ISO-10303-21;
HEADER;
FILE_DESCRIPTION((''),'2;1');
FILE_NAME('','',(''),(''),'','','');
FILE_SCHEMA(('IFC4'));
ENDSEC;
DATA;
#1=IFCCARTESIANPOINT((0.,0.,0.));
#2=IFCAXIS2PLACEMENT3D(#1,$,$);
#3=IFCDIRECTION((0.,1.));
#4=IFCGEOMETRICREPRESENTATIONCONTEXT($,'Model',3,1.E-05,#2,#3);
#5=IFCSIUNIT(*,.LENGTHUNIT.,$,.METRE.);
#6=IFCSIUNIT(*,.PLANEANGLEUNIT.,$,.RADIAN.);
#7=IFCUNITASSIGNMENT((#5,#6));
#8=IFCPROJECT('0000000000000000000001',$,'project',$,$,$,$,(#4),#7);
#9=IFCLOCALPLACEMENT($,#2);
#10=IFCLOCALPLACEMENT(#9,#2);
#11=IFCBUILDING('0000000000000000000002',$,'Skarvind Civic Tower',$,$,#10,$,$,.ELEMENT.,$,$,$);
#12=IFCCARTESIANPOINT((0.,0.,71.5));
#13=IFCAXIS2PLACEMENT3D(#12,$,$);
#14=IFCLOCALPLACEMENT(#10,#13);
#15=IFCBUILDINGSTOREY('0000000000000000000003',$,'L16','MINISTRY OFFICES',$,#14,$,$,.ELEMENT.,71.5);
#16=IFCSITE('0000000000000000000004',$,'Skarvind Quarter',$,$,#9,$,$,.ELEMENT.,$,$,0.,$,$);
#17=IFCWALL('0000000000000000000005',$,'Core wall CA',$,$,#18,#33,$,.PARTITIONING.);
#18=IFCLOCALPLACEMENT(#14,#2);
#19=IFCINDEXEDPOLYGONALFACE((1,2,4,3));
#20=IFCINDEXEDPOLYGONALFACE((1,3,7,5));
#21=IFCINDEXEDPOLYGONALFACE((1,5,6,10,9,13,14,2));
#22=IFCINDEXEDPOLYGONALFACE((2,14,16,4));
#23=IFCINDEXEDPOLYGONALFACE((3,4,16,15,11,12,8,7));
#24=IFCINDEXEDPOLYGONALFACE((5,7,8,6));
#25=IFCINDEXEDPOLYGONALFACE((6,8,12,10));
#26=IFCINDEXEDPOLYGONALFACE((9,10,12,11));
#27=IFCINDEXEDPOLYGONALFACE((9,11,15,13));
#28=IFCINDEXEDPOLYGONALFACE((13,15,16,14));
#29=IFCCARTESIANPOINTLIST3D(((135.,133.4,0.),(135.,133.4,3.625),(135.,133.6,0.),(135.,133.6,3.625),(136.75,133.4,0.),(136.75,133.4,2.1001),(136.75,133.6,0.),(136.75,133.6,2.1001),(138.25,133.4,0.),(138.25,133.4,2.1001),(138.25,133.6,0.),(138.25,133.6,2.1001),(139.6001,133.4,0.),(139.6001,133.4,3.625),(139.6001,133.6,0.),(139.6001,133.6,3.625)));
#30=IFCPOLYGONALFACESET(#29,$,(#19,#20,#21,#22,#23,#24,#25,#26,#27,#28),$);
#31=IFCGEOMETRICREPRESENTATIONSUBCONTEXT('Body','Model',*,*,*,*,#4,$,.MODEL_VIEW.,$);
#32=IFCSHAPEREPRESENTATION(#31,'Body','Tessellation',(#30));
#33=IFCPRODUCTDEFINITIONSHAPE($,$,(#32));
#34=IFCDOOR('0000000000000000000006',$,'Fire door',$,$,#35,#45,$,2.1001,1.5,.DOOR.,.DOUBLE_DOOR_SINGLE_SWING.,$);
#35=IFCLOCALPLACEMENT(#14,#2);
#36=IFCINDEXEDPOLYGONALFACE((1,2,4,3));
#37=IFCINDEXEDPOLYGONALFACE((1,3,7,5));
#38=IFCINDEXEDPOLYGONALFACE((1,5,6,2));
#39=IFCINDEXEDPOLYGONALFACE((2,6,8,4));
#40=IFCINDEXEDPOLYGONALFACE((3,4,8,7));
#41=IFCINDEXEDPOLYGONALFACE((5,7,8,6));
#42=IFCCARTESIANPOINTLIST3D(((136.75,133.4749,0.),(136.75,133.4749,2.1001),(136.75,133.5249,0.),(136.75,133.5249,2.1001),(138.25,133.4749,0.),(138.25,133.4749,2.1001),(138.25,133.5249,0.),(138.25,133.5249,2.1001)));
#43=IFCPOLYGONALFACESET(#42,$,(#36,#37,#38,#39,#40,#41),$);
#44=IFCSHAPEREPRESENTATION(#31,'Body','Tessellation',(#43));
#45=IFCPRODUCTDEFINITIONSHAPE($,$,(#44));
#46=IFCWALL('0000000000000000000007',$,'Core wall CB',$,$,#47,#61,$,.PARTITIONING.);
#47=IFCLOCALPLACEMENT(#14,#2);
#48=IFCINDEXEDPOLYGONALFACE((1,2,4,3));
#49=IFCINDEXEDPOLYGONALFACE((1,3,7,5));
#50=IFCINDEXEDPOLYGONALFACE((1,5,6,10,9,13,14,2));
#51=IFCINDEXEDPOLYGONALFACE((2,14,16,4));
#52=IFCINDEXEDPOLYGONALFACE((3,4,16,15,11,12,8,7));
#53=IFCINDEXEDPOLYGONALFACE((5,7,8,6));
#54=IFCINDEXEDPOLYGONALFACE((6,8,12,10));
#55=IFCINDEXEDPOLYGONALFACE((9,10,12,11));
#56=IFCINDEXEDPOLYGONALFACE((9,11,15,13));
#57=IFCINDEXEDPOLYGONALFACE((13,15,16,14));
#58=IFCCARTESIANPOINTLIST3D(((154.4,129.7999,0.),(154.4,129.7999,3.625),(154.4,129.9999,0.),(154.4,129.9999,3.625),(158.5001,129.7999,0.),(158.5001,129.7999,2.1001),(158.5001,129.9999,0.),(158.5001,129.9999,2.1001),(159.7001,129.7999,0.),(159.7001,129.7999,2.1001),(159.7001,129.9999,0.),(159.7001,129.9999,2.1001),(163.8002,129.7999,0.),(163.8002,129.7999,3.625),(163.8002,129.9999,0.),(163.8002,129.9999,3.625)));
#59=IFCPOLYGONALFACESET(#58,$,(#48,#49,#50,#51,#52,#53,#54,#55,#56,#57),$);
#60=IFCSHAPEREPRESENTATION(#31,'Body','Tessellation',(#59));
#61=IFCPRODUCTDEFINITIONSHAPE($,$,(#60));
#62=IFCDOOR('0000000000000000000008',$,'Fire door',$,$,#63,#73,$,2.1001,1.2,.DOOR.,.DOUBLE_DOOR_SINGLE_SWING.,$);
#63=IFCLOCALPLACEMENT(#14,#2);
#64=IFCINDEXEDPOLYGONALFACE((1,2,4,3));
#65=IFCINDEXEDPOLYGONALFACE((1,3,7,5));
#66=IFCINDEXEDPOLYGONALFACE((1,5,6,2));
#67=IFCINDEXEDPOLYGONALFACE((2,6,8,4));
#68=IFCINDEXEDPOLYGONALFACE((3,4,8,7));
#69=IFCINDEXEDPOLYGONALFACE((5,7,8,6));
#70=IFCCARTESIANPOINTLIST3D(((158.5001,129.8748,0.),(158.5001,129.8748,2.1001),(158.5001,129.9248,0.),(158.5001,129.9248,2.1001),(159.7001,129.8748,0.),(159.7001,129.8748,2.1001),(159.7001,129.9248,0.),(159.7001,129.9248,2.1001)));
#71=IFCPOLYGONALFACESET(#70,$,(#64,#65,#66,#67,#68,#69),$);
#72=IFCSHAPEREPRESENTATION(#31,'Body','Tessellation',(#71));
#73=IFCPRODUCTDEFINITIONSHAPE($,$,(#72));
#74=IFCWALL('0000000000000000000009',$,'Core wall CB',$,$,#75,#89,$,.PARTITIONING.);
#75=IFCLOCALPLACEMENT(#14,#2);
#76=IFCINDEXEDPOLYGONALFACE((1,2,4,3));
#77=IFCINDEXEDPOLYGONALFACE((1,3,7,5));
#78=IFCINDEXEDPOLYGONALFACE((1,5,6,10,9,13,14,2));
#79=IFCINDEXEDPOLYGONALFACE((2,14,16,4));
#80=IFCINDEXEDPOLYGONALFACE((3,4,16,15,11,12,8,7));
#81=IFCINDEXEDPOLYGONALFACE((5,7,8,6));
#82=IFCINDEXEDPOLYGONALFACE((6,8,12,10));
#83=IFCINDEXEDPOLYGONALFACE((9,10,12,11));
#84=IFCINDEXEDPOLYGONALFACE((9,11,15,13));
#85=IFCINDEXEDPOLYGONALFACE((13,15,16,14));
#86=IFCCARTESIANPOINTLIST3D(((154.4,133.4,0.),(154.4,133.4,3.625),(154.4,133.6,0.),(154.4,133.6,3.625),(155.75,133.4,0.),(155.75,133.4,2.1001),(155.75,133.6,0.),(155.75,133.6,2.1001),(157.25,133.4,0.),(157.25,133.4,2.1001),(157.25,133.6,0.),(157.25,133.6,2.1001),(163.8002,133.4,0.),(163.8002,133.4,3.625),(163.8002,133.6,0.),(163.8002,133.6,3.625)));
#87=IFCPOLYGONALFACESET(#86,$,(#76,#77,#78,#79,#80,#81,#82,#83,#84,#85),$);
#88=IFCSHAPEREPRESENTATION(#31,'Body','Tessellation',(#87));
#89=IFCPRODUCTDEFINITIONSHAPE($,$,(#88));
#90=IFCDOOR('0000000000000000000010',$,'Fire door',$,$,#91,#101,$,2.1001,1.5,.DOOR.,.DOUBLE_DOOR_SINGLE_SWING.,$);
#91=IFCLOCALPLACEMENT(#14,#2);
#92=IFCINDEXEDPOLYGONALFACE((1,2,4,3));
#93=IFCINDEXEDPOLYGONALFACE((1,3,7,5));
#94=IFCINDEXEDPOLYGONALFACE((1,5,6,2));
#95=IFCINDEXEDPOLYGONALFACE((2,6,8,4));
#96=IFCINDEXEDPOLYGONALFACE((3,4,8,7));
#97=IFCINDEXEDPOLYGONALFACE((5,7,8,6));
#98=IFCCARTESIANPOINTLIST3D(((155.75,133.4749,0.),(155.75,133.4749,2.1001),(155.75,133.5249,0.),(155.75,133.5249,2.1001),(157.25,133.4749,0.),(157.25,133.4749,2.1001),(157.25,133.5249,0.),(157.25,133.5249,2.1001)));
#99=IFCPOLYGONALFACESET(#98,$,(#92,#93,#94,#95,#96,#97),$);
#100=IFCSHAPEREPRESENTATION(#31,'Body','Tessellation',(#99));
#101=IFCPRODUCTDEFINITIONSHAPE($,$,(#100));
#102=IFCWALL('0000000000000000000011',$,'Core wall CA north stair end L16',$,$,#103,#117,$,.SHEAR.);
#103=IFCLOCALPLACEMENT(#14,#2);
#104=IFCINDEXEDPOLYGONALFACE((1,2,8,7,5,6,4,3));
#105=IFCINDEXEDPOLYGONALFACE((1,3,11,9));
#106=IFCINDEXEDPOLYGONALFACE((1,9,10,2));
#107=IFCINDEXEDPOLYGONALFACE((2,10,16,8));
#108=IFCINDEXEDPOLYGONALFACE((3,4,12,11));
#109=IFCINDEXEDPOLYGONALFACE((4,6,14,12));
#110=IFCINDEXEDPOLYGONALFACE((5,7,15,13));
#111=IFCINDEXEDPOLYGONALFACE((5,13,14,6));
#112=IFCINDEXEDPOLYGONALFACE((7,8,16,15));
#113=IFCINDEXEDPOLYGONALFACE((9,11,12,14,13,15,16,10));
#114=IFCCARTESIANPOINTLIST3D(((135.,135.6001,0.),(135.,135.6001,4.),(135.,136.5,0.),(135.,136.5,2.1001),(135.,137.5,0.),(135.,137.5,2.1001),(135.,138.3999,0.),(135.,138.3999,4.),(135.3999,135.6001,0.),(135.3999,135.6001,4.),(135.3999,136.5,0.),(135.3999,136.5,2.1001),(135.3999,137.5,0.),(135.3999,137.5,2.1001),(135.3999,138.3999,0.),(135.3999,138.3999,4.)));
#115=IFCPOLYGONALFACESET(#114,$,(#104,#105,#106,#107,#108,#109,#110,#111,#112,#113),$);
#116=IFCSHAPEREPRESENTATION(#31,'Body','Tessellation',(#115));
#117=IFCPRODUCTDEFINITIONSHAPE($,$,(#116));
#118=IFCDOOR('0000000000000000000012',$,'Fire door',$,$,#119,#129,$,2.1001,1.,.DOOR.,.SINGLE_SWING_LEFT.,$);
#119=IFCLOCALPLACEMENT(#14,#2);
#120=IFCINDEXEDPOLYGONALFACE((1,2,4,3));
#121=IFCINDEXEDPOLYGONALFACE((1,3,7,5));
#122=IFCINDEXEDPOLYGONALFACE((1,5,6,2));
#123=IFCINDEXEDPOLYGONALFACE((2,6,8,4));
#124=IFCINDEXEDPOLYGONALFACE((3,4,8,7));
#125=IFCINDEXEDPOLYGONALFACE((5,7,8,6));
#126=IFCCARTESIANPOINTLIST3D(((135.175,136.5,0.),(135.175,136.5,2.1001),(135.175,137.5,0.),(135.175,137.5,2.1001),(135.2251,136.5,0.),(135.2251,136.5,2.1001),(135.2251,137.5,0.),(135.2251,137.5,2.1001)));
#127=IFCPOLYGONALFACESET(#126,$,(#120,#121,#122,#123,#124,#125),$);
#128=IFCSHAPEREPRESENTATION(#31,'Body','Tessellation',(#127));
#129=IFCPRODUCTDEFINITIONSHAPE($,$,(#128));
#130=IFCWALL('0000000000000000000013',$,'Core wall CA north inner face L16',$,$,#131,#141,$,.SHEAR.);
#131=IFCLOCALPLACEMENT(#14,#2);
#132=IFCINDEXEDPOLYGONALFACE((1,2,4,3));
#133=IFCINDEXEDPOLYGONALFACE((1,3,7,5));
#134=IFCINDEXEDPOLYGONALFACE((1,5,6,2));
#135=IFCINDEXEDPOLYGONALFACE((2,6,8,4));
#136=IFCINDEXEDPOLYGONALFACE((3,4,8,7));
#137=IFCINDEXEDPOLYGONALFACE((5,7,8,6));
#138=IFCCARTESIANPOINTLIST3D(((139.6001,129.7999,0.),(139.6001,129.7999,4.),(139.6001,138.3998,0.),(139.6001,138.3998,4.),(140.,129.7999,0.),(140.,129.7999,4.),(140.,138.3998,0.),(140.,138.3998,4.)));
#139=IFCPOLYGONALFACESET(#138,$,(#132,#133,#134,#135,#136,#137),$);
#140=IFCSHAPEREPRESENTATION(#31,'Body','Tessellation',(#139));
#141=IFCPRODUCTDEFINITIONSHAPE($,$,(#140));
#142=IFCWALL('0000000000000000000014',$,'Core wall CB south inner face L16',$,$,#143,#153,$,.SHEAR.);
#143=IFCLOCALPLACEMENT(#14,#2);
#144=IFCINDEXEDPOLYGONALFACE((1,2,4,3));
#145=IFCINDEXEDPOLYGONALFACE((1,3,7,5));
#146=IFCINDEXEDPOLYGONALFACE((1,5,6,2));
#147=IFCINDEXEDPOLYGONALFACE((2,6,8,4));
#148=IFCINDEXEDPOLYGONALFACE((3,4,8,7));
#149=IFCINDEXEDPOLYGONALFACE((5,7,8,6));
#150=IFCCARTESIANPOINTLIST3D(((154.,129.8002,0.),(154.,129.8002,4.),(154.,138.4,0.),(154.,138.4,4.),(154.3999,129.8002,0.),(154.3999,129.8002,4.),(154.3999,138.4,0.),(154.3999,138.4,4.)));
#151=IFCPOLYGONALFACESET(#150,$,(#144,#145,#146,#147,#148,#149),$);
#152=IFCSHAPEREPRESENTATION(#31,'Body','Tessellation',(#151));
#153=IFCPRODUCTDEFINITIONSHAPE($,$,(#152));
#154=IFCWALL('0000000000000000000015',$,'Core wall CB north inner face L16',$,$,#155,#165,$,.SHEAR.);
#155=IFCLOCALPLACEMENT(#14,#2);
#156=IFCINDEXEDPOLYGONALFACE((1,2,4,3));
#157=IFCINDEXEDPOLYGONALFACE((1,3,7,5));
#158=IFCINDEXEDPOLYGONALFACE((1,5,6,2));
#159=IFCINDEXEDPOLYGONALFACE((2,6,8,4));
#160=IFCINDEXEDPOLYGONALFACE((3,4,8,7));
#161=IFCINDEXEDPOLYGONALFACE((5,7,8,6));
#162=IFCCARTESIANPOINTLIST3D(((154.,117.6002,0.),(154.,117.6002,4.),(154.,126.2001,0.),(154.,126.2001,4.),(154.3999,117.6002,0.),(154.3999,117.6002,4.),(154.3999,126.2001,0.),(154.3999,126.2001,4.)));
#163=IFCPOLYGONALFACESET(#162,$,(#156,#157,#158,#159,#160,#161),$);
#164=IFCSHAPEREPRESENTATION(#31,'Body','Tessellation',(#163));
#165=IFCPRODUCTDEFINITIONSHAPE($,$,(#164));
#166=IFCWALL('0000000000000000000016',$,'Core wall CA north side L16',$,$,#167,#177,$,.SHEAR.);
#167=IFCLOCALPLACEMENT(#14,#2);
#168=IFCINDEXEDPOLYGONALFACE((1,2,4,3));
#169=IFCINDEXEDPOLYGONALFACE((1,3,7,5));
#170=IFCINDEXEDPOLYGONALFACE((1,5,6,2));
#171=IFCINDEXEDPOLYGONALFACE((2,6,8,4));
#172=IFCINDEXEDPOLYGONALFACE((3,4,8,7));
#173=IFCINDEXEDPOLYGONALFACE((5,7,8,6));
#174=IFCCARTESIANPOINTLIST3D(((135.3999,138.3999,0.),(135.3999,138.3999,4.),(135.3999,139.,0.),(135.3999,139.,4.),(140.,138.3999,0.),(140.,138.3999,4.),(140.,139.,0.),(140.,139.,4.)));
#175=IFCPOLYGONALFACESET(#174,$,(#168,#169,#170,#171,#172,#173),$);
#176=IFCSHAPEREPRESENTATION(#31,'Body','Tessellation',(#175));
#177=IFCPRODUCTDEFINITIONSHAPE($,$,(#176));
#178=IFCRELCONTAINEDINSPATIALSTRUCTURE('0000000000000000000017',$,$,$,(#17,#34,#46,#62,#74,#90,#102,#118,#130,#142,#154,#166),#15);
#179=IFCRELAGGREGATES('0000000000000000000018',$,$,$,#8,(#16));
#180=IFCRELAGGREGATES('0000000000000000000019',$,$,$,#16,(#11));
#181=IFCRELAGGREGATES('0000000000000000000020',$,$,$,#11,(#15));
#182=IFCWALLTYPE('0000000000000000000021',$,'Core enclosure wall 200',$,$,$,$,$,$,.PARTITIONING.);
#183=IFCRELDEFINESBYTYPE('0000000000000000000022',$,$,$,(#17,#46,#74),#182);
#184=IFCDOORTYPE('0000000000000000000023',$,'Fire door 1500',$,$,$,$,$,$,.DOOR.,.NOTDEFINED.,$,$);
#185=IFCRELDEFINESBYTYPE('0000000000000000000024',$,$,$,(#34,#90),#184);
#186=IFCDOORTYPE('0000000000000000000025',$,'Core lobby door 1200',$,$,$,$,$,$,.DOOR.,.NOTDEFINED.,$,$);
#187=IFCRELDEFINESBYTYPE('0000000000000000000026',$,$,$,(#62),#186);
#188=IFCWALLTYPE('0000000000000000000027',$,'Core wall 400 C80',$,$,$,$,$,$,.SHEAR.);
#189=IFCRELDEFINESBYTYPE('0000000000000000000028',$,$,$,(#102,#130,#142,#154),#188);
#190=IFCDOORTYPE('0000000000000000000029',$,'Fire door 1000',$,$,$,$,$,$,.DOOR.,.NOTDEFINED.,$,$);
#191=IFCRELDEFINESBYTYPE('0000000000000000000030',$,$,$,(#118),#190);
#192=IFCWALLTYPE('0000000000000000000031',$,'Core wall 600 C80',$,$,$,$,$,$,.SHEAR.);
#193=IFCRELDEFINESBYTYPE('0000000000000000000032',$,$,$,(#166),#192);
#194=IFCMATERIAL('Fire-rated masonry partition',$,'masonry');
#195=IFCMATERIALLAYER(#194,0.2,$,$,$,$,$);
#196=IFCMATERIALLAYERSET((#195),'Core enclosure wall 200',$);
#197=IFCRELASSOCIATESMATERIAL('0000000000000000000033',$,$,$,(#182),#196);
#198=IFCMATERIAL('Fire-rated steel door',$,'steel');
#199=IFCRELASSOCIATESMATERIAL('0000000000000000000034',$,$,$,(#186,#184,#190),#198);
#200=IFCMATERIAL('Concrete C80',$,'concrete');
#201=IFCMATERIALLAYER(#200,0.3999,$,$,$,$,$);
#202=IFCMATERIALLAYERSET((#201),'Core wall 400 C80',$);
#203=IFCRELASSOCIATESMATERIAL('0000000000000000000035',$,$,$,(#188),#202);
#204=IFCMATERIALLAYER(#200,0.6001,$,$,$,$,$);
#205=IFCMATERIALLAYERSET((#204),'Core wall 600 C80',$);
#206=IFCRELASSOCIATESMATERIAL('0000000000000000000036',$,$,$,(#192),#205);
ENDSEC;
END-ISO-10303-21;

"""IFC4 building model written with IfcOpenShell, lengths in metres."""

from ifc_helpers import new_model, si_unit, direction, frame, frame_2d, origin, place, context, subcontext, project, spatial, rectangle, extrude, material, layer, layer_set, type_object, element, fill, save


model = new_model("IFC4")

# Units and contexts
model_context = context("Model", 3, precision=1e-05, world=origin(), true_north=direction((0.0, 1.0)))
body_context = subcontext(model_context, "Body", "Model", "MODEL_VIEW")
ifc_project = project(units=[si_unit("LENGTHUNIT", "METRE"), si_unit("PLANEANGLEUNIT", "RADIAN")], contexts=[model_context])

# Site, building, storey
site_placement = place(None, origin())
site = spatial("IfcSite", under=ifc_project, at=site_placement, Name="Skarvind Quarter", CompositionType="ELEMENT", RefElevation=0.0)
building_placement = place(site_placement, origin())
building = spatial("IfcBuilding", under=site, at=building_placement, Name="Skarvind Civic Tower", CompositionType="ELEMENT")
storey_placement = place(building_placement, frame((0.0, 0.0, 71.5)))
storey = spatial("IfcBuildingStorey", under=building, at=storey_placement, Name="L16", Description="MINISTRY OFFICES", CompositionType="ELEMENT", Elevation=71.5)

# Walls, openings, doors
ifc_material_1 = material(Name="Fire-rated masonry partition", Category="masonry")
ifc_layer_1 = layer(ifc_material_1, 0.2)
ifc_layer_set_1 = layer_set([ifc_layer_1], Name="Core enclosure wall 200")
wall_type_1 = type_object("IfcWallType", Name="Core enclosure wall 200", PredefinedType="PARTITIONING", material=ifc_layer_set_1)
ifc_material_2 = material(Name="Fire-rated steel door", Category="steel")
door_type_1 = type_object("IfcDoorType", Name="Core lobby door 1200", OperationType="NOTDEFINED", PredefinedType="DOOR", material=ifc_material_2)
wall_1_placement = place(storey_placement, frame((135.0, 133.5, 0.0), z_axis=(0.0, 0.0, 1.0), x_axis=(1.0, 0.0, 0.0)))
wall_1 = element("IfcWall", 1, at=wall_1_placement, inside=storey, type_object=wall_type_1, Name="Core wall CA", PredefinedType="PARTITIONING", context=body_context, shape_type="SweptSolid", body=[
    extrude(rectangle(XDim=4.6001, YDim=0.2, at=frame_2d((2.3, 0.0))), origin(), (0.0, 0.0, 1.0), 3.625),
])
opening_1_placement = place(wall_1_placement, frame((1.75, 0.0, 0.0)))
opening_1 = element("IfcOpeningElement", 2, at=opening_1_placement, cuts=wall_1, PredefinedType="OPENING", context=body_context, shape_type="SweptSolid", body=[
    extrude(rectangle(XDim=1.5, YDim=2.1001, at=frame_2d((0.75, 1.05))), frame((0.0, 0.1099, 0.0), z_axis=(0.0, -1.0, 0.0), x_axis=(1.0, 0.0, 0.0)), (0.0, 0.0, 1.0), 0.22),
])
door_type_2 = type_object("IfcDoorType", Name="Fire door 1500", OperationType="NOTDEFINED", PredefinedType="DOOR", material=ifc_material_2)
door_1_placement = place(opening_1_placement, origin())
door_1 = element("IfcDoor", 3, at=door_1_placement, inside=storey, type_object=door_type_2, Name="Fire door", OperationType="DOUBLE_DOOR_SINGLE_SWING", OverallHeight=2.1001, OverallWidth=1.5, PredefinedType="DOOR", context=body_context, shape_type="SweptSolid", body=[
    extrude(rectangle(XDim=1.5, YDim=2.1001, at=frame_2d((0.75, 1.05))), frame((0.0, 0.0249, 0.0), z_axis=(0.0, -1.0, 0.0), x_axis=(1.0, 0.0, 0.0)), (0.0, 0.0, 1.0), 0.05),
])
fill(opening_1, door_1)
wall_2_placement = place(storey_placement, frame((154.3999, 129.8999, 0.0), z_axis=(0.0, 0.0, 1.0), x_axis=(1.0, 0.0, 0.0)))
wall_2 = element("IfcWall", 4, at=wall_2_placement, inside=storey, type_object=wall_type_1, Name="Core wall CB", PredefinedType="PARTITIONING", context=body_context, shape_type="SweptSolid", body=[
    extrude(rectangle(XDim=9.4001, YDim=0.2, at=frame_2d((4.7002, 0.0))), origin(), (0.0, 0.0, 1.0), 3.625),
])
opening_2_placement = place(wall_2_placement, frame((4.1001, 0.0, 0.0)))
opening_2 = element("IfcOpeningElement", 5, at=opening_2_placement, cuts=wall_2, PredefinedType="OPENING", context=body_context, shape_type="SweptSolid", body=[
    extrude(rectangle(XDim=1.2, YDim=2.1001, at=frame_2d((0.6001, 1.05))), frame((0.0, 0.1099, 0.0), z_axis=(0.0, -1.0, 0.0), x_axis=(1.0, 0.0, 0.0)), (0.0, 0.0, 1.0), 0.22),
])
door_2_placement = place(opening_2_placement, origin())
door_2 = element("IfcDoor", 6, at=door_2_placement, inside=storey, type_object=door_type_1, Name="Fire door", OperationType="DOUBLE_DOOR_SINGLE_SWING", OverallHeight=2.1001, OverallWidth=1.2, PredefinedType="DOOR", context=body_context, shape_type="SweptSolid", body=[
    extrude(rectangle(XDim=1.2, YDim=2.1001, at=frame_2d((0.6001, 1.05))), frame((0.0, 0.0249, 0.0), z_axis=(0.0, -1.0, 0.0), x_axis=(1.0, 0.0, 0.0)), (0.0, 0.0, 1.0), 0.05),
])
fill(opening_2, door_2)
wall_3_placement = place(storey_placement, frame((154.3999, 133.5, 0.0), z_axis=(0.0, 0.0, 1.0), x_axis=(1.0, 0.0, 0.0)))
wall_3 = element("IfcWall", 7, at=wall_3_placement, inside=storey, type_object=wall_type_1, Name="Core wall CB", PredefinedType="PARTITIONING", context=body_context, shape_type="SweptSolid", body=[
    extrude(rectangle(XDim=9.4001, YDim=0.2, at=frame_2d((4.7002, 0.0))), origin(), (0.0, 0.0, 1.0), 3.625),
])
opening_3_placement = place(wall_3_placement, frame((1.3501, 0.0, 0.0)))
opening_3 = element("IfcOpeningElement", 8, at=opening_3_placement, cuts=wall_3, PredefinedType="OPENING", context=body_context, shape_type="SweptSolid", body=[
    extrude(rectangle(XDim=1.5, YDim=2.1001, at=frame_2d((0.75, 1.05))), frame((0.0, 0.1099, 0.0), z_axis=(0.0, -1.0, 0.0), x_axis=(1.0, 0.0, 0.0)), (0.0, 0.0, 1.0), 0.22),
])
door_3_placement = place(opening_3_placement, origin())
door_3 = element("IfcDoor", 9, at=door_3_placement, inside=storey, type_object=door_type_2, Name="Fire door", OperationType="DOUBLE_DOOR_SINGLE_SWING", OverallHeight=2.1001, OverallWidth=1.5, PredefinedType="DOOR", context=body_context, shape_type="SweptSolid", body=[
    extrude(rectangle(XDim=1.5, YDim=2.1001, at=frame_2d((0.75, 1.05))), frame((0.0, 0.0249, 0.0), z_axis=(0.0, -1.0, 0.0), x_axis=(1.0, 0.0, 0.0)), (0.0, 0.0, 1.0), 0.05),
])
fill(opening_3, door_3)
ifc_material_3 = material(Name="Concrete C80", Category="concrete")
ifc_layer_2 = layer(ifc_material_3, 0.3999)
ifc_layer_set_2 = layer_set([ifc_layer_2], Name="Core wall 400 C80")
wall_type_2 = type_object("IfcWallType", Name="Core wall 400 C80", PredefinedType="SHEAR", material=ifc_layer_set_2)
wall_4_placement = place(storey_placement, frame((135.2, 135.6001, 0.0), z_axis=(0.0, 0.0, 1.0), x_axis=(0.0, 1.0, 0.0)))
wall_4 = element("IfcWall", 10, at=wall_4_placement, inside=storey, type_object=wall_type_2, Name="Core wall CA north stair end L16", PredefinedType="SHEAR", context=body_context, shape_type="SweptSolid", body=[
    extrude(rectangle(XDim=2.7998, YDim=0.3999, at=frame_2d((1.3999, 0.0))), origin(), (0.0, 0.0, 1.0), 4.0),
])
opening_4_placement = place(wall_4_placement, frame((0.8999, 0.0, 0.0)))
opening_4 = element("IfcOpeningElement", 11, at=opening_4_placement, cuts=wall_4, PredefinedType="OPENING", context=body_context, shape_type="SweptSolid", body=[
    extrude(rectangle(XDim=1.0, YDim=2.1001, at=frame_2d((0.5, 1.05))), frame((0.0, 0.21, 0.0), z_axis=(0.0, -1.0, 0.0), x_axis=(1.0, 0.0, 0.0)), (0.0, 0.0, 1.0), 0.4199),
])
door_type_3 = type_object("IfcDoorType", Name="Fire door 1000", OperationType="NOTDEFINED", PredefinedType="DOOR", material=ifc_material_2)
door_4_placement = place(opening_4_placement, origin())
door_4 = element("IfcDoor", 12, at=door_4_placement, inside=storey, type_object=door_type_3, Name="Fire door", OperationType="SINGLE_SWING_LEFT", OverallHeight=2.1001, OverallWidth=1.0, PredefinedType="DOOR", context=body_context, shape_type="SweptSolid", body=[
    extrude(rectangle(XDim=1.0, YDim=2.1001, at=frame_2d((0.5, 1.05))), frame((0.0, 0.0249, 0.0), z_axis=(0.0, -1.0, 0.0), x_axis=(1.0, 0.0, 0.0)), (0.0, 0.0, 1.0), 0.05),
])
fill(opening_4, door_4)

# Walls
for number, where, z_axis, x_axis, name in (
    (13, (139.8, 129.8, 0.0), (0.0, 0.0, 1.0), (0.0, 1.0, 0.0), "Core wall CA north inner face L16"),
    (14, (154.2, 138.3999, 0.0), (0.0, 0.0, 1.0), (0.0, -1.0, 0.0), "Core wall CB south inner face L16"),
    (15, (154.2, 126.2, 0.0), (0.0, 0.0, 1.0), (0.0, -1.0, 0.0), "Core wall CB north inner face L16"),
):
    element("IfcWall", number, at=place(storey_placement, frame(where, z_axis=z_axis, x_axis=x_axis)), inside=storey, type_object=wall_type_2, Name=name, PredefinedType="SHEAR", context=body_context, shape_type="SweptSolid", body=[
        extrude(rectangle(XDim=8.5999, YDim=0.3999, at=frame_2d((4.2998, 0.0))), origin(), (0.0, 0.0, 1.0), 4.0),
    ])
ifc_layer_3 = layer(ifc_material_3, 0.6001)
ifc_layer_set_3 = layer_set([ifc_layer_3], Name="Core wall 600 C80")
wall_type_3 = type_object("IfcWallType", Name="Core wall 600 C80", PredefinedType="SHEAR", material=ifc_layer_set_3)
wall_5_placement = place(storey_placement, frame((135.3999, 138.7, 0.0), z_axis=(0.0, 0.0, 1.0), x_axis=(1.0, 0.0, 0.0)))
element("IfcWall", 16, at=wall_5_placement, inside=storey, type_object=wall_type_3, Name="Core wall CA north side L16", PredefinedType="SHEAR", context=body_context, shape_type="SweptSolid", body=[
    extrude(rectangle(XDim=4.6001, YDim=0.6001, at=frame_2d((2.3, 0.0))), origin(), (0.0, 0.0, 1.0), 4.0),
])

save(model, "model.ifc")
